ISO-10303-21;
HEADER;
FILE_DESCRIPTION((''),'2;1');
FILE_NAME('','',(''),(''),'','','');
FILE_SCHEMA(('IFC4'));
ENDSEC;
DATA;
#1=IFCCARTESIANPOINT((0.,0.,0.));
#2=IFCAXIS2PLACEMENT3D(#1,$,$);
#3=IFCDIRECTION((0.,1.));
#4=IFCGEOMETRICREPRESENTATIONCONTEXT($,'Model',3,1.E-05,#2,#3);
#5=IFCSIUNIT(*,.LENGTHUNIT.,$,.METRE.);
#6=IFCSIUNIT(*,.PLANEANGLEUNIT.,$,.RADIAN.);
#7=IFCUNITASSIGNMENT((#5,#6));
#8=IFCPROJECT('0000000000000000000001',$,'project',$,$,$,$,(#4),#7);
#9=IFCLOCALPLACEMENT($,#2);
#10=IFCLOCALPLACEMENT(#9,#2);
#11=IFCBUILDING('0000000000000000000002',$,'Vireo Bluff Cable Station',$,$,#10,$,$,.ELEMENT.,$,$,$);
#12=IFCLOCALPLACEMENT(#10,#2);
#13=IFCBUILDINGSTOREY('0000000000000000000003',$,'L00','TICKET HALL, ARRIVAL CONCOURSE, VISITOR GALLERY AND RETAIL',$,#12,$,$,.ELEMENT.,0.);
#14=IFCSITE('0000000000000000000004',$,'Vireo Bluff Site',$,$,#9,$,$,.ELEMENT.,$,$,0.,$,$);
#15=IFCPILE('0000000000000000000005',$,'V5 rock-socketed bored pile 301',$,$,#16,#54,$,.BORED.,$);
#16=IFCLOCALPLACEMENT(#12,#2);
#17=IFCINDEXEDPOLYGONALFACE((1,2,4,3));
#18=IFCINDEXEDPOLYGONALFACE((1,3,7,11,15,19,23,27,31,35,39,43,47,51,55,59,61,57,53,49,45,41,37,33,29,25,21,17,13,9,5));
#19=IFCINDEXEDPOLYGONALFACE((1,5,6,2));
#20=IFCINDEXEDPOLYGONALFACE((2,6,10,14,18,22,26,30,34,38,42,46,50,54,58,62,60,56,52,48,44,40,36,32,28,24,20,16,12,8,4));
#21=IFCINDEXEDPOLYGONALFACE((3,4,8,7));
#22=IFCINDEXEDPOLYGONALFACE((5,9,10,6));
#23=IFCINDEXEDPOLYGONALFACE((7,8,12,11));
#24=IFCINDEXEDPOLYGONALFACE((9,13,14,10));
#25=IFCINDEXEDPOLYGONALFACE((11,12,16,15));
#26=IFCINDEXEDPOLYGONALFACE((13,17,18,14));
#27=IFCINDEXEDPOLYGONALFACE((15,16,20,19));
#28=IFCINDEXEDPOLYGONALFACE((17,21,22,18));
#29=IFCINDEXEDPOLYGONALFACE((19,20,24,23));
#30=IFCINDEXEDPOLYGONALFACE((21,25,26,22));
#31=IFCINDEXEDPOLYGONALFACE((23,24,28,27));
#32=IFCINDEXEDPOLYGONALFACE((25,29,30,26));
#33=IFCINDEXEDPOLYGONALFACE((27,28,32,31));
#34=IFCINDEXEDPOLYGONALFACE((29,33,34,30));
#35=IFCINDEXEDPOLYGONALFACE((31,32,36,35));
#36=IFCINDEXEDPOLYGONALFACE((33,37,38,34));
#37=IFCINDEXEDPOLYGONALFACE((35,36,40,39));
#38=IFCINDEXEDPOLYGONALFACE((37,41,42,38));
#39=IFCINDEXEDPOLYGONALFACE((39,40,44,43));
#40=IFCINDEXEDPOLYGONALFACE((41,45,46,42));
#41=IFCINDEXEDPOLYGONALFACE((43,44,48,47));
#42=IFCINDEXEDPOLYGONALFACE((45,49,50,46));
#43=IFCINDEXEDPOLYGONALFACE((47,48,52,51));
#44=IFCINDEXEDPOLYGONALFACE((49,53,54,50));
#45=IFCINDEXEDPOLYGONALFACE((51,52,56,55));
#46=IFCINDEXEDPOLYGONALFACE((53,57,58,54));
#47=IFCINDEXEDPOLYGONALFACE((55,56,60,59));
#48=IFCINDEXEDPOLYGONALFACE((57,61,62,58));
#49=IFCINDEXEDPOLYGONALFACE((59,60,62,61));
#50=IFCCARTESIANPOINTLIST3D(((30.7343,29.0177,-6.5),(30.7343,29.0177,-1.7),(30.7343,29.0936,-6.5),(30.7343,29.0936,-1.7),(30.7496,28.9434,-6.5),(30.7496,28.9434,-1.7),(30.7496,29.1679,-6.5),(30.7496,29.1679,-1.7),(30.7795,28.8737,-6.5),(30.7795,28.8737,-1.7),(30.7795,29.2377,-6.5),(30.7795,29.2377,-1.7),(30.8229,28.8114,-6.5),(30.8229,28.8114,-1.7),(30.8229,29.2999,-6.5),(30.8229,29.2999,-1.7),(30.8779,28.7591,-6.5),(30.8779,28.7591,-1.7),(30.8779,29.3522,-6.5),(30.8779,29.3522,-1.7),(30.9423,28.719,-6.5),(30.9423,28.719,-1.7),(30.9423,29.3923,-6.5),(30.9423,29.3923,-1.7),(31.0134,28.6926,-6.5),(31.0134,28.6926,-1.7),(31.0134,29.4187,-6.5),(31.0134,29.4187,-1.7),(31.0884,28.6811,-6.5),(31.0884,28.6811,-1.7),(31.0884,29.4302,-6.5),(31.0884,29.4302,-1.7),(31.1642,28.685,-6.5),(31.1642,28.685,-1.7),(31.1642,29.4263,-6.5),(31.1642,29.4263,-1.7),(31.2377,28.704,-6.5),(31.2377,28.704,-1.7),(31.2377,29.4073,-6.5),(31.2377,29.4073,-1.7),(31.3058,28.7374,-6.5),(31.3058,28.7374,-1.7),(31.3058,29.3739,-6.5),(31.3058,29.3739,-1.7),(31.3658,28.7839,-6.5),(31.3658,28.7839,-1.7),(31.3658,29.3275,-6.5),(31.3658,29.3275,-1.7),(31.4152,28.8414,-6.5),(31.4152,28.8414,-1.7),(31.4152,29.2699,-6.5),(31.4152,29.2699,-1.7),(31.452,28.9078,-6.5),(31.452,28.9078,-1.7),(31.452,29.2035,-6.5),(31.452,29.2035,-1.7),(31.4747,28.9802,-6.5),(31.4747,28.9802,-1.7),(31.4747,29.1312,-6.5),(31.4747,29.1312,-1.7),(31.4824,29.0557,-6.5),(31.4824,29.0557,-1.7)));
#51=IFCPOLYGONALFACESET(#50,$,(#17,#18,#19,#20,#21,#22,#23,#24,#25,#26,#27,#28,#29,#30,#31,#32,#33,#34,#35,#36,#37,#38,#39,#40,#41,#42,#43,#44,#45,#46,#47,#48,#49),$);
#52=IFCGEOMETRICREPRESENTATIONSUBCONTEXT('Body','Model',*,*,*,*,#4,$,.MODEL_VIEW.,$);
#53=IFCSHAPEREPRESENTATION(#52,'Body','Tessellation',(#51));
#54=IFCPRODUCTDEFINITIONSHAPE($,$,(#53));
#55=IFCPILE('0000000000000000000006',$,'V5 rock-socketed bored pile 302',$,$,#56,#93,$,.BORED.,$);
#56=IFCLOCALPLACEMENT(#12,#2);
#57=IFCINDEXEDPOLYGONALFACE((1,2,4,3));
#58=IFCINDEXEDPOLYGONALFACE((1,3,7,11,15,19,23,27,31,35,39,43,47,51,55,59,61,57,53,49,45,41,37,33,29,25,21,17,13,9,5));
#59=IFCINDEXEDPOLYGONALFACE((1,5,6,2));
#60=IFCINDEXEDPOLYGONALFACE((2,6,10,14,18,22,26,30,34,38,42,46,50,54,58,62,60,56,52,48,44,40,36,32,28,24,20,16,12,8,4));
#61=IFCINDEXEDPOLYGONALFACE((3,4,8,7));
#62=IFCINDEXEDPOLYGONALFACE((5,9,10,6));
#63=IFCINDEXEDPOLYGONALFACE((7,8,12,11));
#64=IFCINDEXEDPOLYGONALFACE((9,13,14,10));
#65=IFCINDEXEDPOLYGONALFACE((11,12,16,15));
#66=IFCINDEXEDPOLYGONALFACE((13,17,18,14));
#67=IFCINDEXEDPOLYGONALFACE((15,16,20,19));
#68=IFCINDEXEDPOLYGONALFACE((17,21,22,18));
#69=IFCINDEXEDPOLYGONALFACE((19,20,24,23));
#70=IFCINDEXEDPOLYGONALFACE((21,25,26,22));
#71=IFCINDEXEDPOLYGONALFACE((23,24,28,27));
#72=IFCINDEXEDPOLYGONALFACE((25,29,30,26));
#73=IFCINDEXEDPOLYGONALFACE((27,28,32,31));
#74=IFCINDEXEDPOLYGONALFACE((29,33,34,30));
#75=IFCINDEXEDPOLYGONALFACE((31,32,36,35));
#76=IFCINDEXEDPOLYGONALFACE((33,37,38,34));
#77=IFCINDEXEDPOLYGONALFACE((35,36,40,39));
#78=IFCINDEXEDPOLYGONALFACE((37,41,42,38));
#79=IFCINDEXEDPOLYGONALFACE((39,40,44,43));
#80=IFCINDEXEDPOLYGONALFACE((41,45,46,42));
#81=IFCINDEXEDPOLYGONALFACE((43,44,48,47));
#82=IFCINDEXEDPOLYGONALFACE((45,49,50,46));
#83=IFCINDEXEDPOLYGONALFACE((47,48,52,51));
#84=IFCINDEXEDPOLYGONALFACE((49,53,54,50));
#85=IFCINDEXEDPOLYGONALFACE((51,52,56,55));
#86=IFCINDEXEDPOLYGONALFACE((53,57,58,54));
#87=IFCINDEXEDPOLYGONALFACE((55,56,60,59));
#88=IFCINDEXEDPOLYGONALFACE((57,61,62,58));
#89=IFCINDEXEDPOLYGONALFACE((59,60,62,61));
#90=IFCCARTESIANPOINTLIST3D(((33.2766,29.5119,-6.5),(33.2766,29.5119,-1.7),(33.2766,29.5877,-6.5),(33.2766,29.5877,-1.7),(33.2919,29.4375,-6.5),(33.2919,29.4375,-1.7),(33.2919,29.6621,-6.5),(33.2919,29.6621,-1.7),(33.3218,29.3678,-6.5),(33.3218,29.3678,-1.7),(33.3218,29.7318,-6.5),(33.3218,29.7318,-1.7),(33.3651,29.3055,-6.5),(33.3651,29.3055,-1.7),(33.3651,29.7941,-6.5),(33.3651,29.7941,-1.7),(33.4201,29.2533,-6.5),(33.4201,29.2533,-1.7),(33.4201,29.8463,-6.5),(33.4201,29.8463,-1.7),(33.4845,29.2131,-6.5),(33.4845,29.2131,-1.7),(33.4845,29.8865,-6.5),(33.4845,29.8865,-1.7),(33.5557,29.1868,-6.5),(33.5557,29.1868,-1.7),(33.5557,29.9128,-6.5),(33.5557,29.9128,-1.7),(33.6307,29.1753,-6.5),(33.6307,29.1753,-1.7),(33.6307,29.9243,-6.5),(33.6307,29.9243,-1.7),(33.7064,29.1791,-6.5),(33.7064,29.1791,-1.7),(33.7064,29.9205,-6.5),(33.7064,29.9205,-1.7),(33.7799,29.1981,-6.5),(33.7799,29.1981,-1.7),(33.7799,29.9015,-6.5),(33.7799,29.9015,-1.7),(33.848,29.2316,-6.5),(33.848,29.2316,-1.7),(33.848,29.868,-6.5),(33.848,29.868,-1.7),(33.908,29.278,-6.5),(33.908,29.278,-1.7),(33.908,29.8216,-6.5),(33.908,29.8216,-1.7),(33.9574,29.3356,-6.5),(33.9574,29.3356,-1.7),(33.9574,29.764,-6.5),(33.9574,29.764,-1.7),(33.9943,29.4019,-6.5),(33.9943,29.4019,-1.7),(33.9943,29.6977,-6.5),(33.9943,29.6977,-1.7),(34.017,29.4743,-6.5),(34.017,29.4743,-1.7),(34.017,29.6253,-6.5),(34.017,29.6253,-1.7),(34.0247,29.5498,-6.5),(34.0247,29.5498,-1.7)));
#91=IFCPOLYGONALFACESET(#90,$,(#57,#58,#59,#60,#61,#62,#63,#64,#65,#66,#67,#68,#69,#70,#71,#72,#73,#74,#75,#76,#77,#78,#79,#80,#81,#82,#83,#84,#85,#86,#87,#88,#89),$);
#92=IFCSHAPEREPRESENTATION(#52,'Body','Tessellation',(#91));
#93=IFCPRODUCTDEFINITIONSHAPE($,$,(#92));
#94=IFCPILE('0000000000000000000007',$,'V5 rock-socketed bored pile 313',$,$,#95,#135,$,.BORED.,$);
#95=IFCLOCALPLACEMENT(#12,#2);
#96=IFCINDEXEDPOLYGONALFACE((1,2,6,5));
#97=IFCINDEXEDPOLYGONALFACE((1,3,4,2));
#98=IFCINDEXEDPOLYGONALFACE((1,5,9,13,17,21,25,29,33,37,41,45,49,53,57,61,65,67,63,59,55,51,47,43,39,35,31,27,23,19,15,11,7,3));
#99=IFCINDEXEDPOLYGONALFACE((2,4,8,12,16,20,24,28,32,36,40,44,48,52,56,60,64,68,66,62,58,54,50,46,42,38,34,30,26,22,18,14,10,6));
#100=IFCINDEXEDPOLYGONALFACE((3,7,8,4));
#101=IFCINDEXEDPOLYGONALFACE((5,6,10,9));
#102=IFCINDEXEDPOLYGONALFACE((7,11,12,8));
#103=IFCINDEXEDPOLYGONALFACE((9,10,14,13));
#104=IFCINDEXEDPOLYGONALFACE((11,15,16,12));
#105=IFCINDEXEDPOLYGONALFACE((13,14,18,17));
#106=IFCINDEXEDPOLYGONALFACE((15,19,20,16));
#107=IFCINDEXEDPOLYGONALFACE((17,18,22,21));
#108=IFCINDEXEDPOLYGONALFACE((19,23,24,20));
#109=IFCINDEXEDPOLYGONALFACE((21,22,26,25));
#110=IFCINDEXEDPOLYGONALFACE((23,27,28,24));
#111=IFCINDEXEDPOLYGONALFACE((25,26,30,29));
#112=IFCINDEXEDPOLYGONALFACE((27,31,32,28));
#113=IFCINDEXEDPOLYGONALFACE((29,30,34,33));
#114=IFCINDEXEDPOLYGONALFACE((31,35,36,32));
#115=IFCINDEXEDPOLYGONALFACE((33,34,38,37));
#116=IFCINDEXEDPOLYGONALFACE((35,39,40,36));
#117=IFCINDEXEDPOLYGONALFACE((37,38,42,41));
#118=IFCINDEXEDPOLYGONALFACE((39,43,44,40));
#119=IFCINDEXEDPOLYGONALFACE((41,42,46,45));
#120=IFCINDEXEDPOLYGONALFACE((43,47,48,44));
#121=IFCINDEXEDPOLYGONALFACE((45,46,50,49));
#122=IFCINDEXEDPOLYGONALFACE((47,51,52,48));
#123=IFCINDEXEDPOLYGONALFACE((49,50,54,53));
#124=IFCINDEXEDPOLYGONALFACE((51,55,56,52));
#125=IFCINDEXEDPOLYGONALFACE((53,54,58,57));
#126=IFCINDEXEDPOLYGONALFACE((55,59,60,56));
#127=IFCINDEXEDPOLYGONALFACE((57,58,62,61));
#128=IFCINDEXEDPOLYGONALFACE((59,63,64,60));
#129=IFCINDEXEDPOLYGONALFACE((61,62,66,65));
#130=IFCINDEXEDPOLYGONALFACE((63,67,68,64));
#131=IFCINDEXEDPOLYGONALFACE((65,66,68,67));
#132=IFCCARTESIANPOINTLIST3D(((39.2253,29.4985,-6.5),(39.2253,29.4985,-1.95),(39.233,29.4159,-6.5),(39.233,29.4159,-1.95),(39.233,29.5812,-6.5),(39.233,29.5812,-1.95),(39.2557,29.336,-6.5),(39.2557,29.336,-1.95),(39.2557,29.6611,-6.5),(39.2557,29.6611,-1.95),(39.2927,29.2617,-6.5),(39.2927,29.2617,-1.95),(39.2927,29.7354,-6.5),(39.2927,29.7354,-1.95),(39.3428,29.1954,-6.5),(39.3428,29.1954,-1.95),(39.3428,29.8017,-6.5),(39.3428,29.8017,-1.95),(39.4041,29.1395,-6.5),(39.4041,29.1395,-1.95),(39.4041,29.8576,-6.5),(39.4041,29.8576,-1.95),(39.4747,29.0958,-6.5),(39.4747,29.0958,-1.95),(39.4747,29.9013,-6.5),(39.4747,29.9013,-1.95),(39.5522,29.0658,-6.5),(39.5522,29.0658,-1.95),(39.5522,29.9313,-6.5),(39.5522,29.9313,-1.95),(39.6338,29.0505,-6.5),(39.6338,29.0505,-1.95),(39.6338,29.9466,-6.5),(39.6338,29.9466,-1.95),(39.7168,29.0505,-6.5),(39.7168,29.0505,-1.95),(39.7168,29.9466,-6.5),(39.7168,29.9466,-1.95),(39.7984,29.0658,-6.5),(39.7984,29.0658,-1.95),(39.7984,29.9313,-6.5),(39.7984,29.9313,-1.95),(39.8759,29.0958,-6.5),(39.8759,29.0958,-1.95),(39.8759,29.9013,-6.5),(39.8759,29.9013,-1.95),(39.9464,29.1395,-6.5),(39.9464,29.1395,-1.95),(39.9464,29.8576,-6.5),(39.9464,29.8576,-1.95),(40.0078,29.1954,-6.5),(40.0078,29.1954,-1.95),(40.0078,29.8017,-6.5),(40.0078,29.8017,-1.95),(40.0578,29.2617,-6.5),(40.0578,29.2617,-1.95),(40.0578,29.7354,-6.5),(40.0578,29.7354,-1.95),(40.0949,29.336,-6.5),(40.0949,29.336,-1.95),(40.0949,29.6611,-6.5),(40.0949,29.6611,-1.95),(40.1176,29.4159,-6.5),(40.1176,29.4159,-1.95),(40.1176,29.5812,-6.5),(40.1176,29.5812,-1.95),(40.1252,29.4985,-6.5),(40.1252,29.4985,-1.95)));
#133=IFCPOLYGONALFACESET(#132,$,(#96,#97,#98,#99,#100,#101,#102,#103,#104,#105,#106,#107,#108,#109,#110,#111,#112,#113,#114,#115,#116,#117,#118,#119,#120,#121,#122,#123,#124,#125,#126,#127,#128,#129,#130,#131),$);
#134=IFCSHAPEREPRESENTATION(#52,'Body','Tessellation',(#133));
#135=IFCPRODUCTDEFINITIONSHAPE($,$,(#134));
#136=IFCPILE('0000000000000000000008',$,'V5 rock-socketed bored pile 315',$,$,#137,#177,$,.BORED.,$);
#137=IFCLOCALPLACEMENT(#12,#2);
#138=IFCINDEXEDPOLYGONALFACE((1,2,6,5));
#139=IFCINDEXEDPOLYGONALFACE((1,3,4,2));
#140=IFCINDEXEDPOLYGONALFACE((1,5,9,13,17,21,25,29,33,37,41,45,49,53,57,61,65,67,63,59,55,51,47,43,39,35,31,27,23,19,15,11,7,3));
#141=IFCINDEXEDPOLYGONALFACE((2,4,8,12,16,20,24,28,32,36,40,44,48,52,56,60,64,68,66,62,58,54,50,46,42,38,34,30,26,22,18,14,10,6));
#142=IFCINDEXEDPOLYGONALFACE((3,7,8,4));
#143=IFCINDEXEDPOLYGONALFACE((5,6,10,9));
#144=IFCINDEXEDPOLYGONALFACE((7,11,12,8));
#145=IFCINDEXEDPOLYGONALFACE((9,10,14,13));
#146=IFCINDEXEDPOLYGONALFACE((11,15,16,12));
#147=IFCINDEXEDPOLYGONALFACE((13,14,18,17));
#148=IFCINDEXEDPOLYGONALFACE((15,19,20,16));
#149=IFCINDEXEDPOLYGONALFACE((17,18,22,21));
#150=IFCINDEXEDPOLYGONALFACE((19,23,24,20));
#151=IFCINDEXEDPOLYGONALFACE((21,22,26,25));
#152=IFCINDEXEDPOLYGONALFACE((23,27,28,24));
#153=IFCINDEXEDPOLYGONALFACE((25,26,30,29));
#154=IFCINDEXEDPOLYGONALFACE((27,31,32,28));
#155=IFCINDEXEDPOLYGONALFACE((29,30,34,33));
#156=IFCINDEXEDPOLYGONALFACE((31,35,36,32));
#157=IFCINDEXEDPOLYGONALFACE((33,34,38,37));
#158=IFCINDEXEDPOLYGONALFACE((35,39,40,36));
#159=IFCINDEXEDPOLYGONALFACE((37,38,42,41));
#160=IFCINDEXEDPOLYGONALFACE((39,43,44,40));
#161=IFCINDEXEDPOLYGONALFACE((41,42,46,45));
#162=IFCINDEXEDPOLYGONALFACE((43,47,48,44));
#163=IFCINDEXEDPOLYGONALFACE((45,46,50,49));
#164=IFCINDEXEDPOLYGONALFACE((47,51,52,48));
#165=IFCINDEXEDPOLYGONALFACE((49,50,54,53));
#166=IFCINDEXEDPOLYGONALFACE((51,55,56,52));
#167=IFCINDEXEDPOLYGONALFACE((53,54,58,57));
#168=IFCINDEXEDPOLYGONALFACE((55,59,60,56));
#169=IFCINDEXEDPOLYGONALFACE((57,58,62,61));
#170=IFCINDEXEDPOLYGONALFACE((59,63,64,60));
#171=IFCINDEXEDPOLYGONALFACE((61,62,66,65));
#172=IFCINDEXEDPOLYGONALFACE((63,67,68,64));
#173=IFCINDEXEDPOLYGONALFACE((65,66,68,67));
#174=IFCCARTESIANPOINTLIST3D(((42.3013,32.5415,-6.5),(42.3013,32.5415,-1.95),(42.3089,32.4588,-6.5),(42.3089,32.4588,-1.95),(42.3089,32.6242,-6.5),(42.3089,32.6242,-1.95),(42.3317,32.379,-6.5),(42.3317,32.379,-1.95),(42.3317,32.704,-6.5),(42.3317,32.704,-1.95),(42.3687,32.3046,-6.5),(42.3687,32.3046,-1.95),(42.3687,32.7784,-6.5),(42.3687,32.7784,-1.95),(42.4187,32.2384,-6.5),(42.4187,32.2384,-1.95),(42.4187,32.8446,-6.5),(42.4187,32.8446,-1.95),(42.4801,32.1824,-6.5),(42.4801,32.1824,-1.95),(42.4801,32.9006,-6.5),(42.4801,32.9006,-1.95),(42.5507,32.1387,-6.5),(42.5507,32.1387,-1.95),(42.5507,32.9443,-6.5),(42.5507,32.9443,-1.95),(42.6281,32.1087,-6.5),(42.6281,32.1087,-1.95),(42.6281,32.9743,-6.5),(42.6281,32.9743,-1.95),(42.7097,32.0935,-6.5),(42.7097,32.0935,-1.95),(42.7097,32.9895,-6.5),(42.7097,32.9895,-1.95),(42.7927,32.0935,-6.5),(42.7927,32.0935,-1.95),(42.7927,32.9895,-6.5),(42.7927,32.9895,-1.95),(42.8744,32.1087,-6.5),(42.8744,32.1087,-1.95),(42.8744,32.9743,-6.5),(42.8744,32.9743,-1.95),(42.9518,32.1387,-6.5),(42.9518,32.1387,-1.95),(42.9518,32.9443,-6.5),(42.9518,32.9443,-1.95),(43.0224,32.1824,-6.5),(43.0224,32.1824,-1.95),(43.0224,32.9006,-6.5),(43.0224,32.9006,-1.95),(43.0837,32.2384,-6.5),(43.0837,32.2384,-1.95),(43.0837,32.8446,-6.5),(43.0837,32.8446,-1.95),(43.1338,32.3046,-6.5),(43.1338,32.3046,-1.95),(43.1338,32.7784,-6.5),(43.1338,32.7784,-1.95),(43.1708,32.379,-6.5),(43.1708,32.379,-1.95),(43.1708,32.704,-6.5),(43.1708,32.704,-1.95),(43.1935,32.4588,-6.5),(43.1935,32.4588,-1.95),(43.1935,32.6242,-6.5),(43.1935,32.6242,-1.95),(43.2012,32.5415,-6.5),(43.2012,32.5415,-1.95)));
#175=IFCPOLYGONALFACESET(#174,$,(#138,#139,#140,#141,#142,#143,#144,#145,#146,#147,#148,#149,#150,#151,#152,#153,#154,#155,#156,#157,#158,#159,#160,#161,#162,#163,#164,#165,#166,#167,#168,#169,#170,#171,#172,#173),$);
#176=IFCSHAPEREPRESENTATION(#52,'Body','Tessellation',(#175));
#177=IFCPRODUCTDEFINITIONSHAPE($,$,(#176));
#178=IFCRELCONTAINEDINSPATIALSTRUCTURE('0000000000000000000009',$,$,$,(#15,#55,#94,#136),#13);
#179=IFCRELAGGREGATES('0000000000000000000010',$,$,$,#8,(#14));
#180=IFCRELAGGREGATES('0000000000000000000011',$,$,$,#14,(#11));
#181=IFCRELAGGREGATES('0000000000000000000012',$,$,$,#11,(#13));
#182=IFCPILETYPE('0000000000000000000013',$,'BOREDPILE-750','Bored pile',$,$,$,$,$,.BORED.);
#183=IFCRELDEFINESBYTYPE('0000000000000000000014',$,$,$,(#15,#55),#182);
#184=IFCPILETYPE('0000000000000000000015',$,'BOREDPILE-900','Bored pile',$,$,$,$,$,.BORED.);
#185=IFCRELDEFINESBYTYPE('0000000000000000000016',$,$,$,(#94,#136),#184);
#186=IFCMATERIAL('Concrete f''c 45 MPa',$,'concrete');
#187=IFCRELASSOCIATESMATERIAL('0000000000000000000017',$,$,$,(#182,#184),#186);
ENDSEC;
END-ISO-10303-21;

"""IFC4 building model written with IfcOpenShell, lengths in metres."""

from ifc_helpers import new_model, si_unit, direction, frame, origin, origin_2d, place, context, subcontext, project, spatial, circle, extrude, material, material_profile, profile_set, type_object, element, save


model = new_model("IFC4")

# Units and contexts
model_context = context("Model", 3, precision=1e-05, world=origin(), true_north=direction((0.0, 1.0)))
body_context = subcontext(model_context, "Body", "Model", "MODEL_VIEW")
ifc_project = project(units=[si_unit("LENGTHUNIT", "METRE"), si_unit("PLANEANGLEUNIT", "RADIAN")], contexts=[model_context])

# Site, building, storey
site_placement = place(None, origin())
site = spatial("IfcSite", under=ifc_project, at=site_placement, Name="Vireo Bluff Site", CompositionType="ELEMENT", RefElevation=0.0)
building_placement = place(site_placement, origin())
building = spatial("IfcBuilding", under=site, at=building_placement, Name="Vireo Bluff Cable Station", CompositionType="ELEMENT")
storey_placement = place(building_placement, origin())
storey = spatial("IfcBuildingStorey", under=building, at=storey_placement, Name="L00", Description="TICKET HALL, ARRIVAL CONCOURSE, VISITOR GALLERY AND RETAIL", CompositionType="ELEMENT", Elevation=0.0)

# Piles
ifc_material_1 = material(Name="Concrete f'c 45 MPa", Category="concrete")
ifc_material_profile_1 = material_profile(ifc_material_1, circle(Radius=0.375, at=origin_2d()), Name="BOREDPILE-750")
ifc_profile_set_1 = profile_set([ifc_material_profile_1], Name="Concrete f'c 45 MPa")
pile_type_1 = type_object("IfcPileType", Name="BOREDPILE-750", Description="Bored pile", PredefinedType="BORED", material=ifc_profile_set_1)
for number, where, z_axis, x_axis, name in (
    (1, (31.1074, 29.0557, -1.7), (0.0, 0.0, -1.0), (1.0, 0.0, 0.0), "V5 rock-socketed bored pile 301"),
    (2, (33.6497, 29.5498, -1.7), (0.0, 0.0, -1.0), (1.0, 0.0, 0.0), "V5 rock-socketed bored pile 302"),
):
    element("IfcPile", number, at=place(storey_placement, frame(where, z_axis=z_axis, x_axis=x_axis)), inside=storey, type_object=pile_type_1, Name=name, PredefinedType="BORED", context=body_context, shape_type="SweptSolid", body=[
        extrude(circle(Radius=0.375, at=origin_2d()), origin(), (0.0, 0.0, 1.0), 4.8),
    ])
ifc_material_profile_2 = material_profile(ifc_material_1, circle(Radius=0.45, at=origin_2d()), Name="BOREDPILE-900")
ifc_profile_set_2 = profile_set([ifc_material_profile_2], Name="Concrete f'c 45 MPa")
pile_type_2 = type_object("IfcPileType", Name="BOREDPILE-900", Description="Bored pile", PredefinedType="BORED", material=ifc_profile_set_2)
for number, where, z_axis, x_axis, name in (
    (3, (39.6753, 29.4985, -1.95), (0.0, 0.0, -1.0), (1.0, 0.0, 0.0), "V5 rock-socketed bored pile 313"),
    (4, (42.7512, 32.5415, -1.95), (0.0, 0.0, -1.0), (1.0, 0.0, 0.0), "V5 rock-socketed bored pile 315"),
):
    element("IfcPile", number, at=place(storey_placement, frame(where, z_axis=z_axis, x_axis=x_axis)), inside=storey, type_object=pile_type_2, Name=name, PredefinedType="BORED", context=body_context, shape_type="SweptSolid", body=[
        extrude(circle(Radius=0.45, at=origin_2d()), origin(), (0.0, 0.0, 1.0), 4.55),
    ])

save(model, "model.ifc")
